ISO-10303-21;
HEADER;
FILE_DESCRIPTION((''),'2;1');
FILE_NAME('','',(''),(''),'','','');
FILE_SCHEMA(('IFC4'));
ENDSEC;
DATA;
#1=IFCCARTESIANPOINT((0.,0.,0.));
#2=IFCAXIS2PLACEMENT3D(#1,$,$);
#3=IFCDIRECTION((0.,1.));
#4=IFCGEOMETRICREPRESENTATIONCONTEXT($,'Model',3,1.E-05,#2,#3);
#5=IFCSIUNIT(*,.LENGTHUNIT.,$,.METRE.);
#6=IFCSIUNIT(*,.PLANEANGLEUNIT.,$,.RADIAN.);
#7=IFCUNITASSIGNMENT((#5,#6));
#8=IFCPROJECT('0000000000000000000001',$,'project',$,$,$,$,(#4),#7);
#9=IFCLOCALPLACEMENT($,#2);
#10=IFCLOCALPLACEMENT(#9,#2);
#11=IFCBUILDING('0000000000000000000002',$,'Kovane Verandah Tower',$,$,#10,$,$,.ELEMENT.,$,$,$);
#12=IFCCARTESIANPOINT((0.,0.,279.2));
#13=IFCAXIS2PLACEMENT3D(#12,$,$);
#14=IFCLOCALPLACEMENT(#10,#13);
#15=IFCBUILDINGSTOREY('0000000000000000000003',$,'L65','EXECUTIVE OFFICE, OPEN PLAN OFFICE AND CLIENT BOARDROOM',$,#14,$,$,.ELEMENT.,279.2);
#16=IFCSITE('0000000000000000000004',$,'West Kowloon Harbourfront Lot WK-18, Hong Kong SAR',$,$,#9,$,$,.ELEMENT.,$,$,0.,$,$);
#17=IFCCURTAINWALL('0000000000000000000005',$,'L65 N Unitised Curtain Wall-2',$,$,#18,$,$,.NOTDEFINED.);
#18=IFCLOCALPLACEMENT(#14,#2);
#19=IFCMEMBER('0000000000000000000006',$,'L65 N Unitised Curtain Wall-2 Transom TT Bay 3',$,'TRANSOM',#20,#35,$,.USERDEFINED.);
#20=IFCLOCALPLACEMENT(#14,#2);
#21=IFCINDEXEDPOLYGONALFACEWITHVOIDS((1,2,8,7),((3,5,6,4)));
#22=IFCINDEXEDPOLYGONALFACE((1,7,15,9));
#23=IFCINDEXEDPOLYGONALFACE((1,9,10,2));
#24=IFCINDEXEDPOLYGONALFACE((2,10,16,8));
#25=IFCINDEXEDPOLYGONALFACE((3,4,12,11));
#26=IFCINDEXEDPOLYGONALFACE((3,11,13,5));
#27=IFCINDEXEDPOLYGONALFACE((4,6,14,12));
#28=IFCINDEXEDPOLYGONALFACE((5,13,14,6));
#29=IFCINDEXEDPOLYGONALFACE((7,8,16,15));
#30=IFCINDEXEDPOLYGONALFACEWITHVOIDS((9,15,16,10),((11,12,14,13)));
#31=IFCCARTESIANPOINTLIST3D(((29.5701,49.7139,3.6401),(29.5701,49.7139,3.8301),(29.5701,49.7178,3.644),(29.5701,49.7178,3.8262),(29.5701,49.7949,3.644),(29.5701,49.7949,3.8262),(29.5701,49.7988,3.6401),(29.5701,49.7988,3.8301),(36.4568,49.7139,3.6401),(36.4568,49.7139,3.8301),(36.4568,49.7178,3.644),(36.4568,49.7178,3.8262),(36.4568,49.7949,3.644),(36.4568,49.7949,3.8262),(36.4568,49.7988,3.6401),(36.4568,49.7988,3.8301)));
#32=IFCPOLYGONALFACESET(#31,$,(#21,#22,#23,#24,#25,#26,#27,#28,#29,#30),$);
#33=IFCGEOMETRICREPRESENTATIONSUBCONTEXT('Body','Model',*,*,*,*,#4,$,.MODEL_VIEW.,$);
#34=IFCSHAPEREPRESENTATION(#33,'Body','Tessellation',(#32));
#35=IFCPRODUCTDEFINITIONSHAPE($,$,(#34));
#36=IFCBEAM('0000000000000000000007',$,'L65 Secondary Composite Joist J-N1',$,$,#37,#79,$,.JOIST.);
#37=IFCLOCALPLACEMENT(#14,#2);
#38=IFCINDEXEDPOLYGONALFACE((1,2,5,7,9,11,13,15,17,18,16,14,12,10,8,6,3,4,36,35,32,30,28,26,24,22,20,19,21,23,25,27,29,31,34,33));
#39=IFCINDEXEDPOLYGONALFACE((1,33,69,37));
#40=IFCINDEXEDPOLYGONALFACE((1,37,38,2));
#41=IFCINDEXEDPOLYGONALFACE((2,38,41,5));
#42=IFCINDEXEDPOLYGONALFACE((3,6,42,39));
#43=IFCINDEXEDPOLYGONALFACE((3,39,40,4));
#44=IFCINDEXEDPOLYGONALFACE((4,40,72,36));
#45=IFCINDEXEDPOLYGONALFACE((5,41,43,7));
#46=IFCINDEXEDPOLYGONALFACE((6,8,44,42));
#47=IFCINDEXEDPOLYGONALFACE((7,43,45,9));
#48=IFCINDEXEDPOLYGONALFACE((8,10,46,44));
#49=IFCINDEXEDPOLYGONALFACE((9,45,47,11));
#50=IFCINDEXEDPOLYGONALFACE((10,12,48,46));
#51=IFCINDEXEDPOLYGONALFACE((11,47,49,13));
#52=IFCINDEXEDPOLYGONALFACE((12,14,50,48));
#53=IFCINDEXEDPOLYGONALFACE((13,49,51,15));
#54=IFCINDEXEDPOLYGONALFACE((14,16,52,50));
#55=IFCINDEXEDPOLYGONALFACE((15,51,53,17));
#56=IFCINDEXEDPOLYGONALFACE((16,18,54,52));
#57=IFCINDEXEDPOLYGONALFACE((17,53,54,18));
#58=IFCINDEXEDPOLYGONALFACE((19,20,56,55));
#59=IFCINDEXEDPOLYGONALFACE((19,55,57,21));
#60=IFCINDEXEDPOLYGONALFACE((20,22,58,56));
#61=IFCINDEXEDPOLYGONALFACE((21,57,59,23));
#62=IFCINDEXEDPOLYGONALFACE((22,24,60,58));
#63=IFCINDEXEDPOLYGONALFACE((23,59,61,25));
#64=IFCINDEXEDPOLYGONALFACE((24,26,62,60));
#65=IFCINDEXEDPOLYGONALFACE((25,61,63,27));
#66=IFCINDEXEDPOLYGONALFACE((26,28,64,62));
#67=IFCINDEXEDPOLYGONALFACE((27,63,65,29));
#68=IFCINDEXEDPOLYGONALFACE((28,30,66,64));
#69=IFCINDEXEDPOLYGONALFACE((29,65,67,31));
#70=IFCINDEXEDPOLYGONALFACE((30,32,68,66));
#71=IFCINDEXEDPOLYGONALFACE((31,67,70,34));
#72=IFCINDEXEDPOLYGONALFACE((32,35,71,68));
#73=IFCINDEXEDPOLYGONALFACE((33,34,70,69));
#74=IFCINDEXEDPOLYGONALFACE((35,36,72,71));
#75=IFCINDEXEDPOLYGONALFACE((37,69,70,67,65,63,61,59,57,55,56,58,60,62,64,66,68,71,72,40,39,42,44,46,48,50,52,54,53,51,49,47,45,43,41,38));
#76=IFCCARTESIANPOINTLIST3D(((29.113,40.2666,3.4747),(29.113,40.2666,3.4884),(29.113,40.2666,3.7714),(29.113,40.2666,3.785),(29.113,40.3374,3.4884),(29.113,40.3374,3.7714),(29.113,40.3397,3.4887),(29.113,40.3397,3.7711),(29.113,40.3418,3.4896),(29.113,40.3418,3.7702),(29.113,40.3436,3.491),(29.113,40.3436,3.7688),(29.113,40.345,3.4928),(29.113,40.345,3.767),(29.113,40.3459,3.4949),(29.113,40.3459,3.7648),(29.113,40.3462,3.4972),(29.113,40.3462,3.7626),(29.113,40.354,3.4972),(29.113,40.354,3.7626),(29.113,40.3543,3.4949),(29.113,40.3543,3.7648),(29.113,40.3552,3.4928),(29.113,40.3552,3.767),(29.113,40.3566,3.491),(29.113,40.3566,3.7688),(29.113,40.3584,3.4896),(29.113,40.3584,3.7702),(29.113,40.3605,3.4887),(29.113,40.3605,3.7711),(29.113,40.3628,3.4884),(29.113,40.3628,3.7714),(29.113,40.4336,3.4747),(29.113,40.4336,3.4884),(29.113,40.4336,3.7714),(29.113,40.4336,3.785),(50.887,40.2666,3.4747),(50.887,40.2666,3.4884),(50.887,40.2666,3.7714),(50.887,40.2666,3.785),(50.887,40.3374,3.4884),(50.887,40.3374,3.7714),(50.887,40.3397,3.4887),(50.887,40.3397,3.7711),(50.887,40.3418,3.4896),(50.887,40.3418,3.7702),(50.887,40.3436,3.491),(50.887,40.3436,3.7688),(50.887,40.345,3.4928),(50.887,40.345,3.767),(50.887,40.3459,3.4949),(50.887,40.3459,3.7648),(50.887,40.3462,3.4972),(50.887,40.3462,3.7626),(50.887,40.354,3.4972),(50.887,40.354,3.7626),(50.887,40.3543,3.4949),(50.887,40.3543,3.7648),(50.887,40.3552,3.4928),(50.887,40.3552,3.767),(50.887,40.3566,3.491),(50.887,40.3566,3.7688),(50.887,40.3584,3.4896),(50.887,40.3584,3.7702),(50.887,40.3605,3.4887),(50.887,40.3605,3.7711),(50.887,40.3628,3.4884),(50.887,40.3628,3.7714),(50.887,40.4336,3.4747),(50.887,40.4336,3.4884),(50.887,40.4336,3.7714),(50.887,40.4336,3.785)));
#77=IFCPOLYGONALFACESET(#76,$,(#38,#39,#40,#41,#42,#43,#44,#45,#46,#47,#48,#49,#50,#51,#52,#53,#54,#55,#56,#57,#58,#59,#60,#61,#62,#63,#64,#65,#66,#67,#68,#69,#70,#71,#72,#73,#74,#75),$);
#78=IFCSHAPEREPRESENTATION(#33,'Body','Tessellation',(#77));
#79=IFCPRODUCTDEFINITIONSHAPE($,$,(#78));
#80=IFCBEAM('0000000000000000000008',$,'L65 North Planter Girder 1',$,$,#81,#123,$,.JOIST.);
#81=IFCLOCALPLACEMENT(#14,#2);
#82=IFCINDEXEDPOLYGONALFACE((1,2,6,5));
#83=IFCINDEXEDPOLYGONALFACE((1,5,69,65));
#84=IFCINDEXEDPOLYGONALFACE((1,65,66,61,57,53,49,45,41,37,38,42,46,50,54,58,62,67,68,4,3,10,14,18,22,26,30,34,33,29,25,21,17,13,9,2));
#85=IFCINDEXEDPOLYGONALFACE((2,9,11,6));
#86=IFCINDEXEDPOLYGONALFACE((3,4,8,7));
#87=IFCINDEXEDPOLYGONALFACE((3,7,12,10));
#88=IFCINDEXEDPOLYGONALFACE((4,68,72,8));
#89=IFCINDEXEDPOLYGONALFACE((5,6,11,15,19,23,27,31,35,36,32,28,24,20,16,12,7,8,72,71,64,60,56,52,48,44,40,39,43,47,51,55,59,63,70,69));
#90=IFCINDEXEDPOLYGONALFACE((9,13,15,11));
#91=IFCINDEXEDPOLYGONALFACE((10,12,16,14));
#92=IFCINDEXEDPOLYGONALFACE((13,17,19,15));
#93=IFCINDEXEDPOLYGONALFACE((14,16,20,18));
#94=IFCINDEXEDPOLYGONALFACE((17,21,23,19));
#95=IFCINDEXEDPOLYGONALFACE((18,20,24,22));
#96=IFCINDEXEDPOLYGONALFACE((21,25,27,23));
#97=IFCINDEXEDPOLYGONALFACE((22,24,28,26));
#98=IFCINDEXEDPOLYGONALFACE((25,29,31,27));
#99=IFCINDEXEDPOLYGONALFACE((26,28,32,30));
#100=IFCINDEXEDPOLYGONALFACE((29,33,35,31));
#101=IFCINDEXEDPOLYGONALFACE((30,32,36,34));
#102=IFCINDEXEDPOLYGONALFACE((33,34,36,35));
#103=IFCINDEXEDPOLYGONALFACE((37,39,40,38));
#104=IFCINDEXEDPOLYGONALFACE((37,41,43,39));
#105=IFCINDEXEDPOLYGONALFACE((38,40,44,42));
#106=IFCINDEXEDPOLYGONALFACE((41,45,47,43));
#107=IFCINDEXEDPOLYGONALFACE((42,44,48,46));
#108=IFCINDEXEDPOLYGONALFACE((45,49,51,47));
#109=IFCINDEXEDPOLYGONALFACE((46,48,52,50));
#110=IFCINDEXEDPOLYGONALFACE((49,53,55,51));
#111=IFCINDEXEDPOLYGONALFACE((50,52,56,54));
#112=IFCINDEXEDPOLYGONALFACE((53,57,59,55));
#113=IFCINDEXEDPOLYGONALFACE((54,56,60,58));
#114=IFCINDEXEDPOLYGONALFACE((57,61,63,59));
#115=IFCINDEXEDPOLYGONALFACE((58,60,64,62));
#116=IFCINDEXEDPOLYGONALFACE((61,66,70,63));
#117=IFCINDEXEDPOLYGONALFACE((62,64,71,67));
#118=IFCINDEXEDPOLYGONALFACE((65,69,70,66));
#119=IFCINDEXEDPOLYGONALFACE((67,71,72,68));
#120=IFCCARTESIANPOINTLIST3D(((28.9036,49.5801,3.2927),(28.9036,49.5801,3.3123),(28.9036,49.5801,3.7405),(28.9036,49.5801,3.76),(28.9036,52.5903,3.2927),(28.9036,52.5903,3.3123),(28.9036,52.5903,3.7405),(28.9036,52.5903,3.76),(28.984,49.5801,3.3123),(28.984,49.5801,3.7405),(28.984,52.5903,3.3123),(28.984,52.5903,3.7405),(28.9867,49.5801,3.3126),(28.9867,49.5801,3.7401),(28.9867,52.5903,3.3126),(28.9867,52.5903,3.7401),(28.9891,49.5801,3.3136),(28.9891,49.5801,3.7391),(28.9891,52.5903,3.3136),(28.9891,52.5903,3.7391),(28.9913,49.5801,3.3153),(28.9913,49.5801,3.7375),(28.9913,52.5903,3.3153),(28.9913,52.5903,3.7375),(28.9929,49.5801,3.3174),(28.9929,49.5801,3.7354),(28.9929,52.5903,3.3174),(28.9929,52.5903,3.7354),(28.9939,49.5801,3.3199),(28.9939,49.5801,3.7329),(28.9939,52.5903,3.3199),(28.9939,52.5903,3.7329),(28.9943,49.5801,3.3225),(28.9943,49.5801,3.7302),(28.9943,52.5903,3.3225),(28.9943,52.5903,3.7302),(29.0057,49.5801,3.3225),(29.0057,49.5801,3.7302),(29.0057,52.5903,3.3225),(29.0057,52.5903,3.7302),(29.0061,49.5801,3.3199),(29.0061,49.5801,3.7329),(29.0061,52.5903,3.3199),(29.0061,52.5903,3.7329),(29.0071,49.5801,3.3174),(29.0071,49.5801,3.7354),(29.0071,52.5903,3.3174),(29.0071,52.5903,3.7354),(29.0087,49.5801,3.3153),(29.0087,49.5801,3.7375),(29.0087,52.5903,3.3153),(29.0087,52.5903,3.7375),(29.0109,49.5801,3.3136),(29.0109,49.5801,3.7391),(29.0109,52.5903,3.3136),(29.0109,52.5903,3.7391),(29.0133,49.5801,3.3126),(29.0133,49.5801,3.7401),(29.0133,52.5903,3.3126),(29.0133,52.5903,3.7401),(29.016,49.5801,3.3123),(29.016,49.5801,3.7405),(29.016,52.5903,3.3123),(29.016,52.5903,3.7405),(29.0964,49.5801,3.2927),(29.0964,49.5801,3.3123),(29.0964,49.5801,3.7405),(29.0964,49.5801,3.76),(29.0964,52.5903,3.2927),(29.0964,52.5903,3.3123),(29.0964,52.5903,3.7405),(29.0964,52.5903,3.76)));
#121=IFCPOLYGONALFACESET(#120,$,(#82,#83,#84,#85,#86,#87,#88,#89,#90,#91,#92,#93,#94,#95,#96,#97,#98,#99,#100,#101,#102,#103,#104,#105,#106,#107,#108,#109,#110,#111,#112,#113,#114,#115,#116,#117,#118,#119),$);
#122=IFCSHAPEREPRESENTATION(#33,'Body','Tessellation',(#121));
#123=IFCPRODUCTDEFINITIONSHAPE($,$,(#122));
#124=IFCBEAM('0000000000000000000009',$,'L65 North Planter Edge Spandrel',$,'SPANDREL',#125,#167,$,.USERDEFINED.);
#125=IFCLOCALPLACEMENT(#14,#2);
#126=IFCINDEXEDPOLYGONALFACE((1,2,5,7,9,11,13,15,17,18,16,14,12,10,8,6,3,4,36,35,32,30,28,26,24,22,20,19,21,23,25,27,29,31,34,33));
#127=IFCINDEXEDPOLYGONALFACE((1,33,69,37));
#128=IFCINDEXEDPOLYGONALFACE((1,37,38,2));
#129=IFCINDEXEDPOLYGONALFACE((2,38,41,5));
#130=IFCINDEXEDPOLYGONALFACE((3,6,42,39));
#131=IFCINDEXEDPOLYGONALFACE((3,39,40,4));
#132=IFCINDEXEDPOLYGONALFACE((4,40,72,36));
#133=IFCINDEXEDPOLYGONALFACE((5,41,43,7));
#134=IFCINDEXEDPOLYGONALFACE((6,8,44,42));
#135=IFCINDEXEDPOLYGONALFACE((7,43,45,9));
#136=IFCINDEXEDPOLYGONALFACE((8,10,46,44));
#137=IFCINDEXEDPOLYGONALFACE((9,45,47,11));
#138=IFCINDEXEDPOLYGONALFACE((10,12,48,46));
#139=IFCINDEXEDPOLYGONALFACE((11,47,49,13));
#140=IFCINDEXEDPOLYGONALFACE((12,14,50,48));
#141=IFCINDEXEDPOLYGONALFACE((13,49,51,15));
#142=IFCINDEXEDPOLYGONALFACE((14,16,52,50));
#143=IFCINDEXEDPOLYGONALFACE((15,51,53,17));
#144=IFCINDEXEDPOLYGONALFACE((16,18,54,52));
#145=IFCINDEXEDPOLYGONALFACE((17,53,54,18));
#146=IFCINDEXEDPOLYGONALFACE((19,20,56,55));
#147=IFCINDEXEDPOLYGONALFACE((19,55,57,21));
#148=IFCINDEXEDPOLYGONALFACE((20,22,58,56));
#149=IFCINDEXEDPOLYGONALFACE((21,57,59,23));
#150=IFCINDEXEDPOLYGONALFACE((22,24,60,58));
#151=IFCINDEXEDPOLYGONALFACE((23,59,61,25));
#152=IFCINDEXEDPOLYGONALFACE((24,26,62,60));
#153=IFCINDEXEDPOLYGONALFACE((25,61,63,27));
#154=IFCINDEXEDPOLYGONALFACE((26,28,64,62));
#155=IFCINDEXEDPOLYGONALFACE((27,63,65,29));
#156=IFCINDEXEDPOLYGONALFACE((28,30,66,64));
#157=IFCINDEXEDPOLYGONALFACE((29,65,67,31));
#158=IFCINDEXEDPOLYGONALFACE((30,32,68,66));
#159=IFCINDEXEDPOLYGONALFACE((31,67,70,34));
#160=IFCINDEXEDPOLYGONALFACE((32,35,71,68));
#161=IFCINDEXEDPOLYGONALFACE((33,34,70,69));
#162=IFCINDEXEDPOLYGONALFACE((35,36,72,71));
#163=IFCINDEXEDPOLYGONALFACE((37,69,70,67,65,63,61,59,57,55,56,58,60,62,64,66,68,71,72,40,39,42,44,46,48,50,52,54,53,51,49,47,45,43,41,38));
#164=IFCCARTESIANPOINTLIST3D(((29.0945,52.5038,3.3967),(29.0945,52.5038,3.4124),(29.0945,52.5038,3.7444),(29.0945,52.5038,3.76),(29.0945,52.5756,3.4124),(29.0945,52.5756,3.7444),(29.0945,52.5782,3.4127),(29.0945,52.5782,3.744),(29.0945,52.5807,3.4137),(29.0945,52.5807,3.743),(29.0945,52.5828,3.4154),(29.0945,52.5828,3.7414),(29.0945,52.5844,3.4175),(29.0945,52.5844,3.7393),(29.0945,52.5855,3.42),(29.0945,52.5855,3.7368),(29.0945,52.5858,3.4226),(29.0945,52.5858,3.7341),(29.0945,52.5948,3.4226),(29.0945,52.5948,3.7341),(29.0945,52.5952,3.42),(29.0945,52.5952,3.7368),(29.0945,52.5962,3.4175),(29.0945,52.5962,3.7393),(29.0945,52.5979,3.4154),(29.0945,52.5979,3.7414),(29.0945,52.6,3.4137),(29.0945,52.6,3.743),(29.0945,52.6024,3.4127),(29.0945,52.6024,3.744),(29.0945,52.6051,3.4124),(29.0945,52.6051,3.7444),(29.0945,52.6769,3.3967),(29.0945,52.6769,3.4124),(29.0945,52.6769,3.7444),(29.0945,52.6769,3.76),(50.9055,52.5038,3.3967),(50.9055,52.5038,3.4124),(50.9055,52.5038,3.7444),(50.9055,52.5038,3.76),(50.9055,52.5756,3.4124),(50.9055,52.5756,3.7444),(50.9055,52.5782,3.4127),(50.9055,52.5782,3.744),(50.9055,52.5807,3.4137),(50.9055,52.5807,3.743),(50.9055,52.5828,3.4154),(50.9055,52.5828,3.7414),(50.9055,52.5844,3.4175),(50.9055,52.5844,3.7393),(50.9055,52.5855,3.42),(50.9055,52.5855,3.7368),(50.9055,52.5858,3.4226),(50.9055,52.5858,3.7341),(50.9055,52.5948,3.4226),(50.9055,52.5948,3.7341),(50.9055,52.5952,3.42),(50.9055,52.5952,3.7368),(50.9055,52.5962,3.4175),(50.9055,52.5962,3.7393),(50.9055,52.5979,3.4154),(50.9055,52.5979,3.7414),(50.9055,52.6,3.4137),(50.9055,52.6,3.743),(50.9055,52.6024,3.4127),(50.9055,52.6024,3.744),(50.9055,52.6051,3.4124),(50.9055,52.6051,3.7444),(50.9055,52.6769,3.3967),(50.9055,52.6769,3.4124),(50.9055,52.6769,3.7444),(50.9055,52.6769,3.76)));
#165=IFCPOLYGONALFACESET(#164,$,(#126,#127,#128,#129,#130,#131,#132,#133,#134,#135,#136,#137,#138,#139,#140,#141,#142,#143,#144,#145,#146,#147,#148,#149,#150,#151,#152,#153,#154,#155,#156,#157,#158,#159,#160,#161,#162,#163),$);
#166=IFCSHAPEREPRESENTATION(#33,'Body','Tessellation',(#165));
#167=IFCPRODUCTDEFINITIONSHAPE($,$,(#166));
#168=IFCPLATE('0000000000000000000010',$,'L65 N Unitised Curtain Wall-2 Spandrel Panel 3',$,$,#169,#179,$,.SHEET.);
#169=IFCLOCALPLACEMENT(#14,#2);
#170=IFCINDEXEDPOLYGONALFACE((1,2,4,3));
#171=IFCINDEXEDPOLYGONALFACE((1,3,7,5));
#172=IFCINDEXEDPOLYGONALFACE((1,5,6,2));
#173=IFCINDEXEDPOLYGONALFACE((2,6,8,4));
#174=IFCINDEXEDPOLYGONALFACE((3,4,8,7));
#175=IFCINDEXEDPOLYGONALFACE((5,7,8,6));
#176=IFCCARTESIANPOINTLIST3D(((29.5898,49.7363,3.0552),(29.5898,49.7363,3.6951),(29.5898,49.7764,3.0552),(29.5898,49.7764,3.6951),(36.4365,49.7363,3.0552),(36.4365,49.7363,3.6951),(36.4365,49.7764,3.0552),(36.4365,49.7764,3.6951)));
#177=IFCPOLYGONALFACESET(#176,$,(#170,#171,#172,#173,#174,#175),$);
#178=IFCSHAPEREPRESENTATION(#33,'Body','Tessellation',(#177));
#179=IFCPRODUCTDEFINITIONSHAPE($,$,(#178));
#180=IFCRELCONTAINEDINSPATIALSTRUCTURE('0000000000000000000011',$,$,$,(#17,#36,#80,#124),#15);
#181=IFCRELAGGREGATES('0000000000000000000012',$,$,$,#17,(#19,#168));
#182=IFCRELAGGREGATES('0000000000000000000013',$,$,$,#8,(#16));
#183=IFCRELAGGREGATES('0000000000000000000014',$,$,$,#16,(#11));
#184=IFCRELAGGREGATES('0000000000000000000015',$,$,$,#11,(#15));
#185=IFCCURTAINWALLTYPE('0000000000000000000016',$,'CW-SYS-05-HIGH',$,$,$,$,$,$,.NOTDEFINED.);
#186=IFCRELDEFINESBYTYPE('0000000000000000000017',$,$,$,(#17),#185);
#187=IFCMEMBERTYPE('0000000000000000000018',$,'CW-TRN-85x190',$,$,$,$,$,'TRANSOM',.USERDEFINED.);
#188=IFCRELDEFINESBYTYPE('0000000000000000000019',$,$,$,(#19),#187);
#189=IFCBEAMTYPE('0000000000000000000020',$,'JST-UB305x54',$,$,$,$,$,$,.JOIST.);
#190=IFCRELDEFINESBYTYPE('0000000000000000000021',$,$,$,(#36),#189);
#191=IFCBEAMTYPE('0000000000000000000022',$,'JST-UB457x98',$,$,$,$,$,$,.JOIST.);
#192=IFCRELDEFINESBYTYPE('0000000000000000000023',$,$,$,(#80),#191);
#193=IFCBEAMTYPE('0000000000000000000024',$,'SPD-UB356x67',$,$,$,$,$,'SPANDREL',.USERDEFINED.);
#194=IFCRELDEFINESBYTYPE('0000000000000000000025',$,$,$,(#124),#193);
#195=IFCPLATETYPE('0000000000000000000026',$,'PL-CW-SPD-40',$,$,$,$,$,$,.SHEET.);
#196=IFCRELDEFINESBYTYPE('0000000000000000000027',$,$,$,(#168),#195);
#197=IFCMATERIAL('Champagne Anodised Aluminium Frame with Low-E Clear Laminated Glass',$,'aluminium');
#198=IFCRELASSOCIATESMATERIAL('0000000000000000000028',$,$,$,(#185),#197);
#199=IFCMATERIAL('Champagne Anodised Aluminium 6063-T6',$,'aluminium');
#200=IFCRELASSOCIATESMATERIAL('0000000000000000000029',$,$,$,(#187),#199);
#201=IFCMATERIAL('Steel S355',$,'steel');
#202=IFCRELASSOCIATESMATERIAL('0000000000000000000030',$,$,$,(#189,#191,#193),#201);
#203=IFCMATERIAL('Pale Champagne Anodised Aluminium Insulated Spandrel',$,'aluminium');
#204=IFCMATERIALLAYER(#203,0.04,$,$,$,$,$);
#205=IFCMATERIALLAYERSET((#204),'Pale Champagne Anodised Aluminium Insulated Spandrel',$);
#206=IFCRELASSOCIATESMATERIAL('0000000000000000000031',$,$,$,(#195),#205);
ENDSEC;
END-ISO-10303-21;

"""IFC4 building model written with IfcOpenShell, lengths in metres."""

from ifc_helpers import new_model, si_unit, direction, frame, origin, origin_2d, place, context, subcontext, project, spatial, rectangle, hollow_rectangle, i_section, extrude, material, layer, layer_set, material_profile, profile_set, type_object, element, aggregate, save


model = new_model("IFC4")

# Units and contexts
model_context = context("Model", 3, precision=1e-05, world=origin(), true_north=direction((0.0, 1.0)))
body_context = subcontext(model_context, "Body", "Model", "MODEL_VIEW")
ifc_project = project(units=[si_unit("LENGTHUNIT", "METRE"), si_unit("PLANEANGLEUNIT", "RADIAN")], contexts=[model_context])

# Site, building, storey
site_placement = place(None, origin())
site = spatial("IfcSite", under=ifc_project, at=site_placement, Name="West Kowloon Harbourfront Lot WK-18, Hong Kong SAR", CompositionType="ELEMENT", RefElevation=0.0)
building_placement = place(site_placement, origin())
building = spatial("IfcBuilding", under=site, at=building_placement, Name="Kovane Verandah Tower", CompositionType="ELEMENT")
storey_placement = place(building_placement, frame((0.0, 0.0, 279.2)))
storey = spatial("IfcBuildingStorey", under=building, at=storey_placement, Name="L65", Description="EXECUTIVE OFFICE, OPEN PLAN OFFICE AND CLIENT BOARDROOM", CompositionType="ELEMENT", Elevation=279.2)

# Shared definitions
ifc_material_1 = material(Name="Steel S355", Category="steel")

# Curtain wall
ifc_material_2 = material(Name="Champagne Anodised Aluminium Frame with Low-E Clear Laminated Glass", Category="aluminium")
curtain_wall_type = type_object("IfcCurtainWallType", Name="CW-SYS-05-HIGH", PredefinedType="NOTDEFINED", material=ifc_material_2)
curtain_wall_1_placement = place(storey_placement, origin())
curtain_wall_1 = element("IfcCurtainWall", 1, at=curtain_wall_1_placement, inside=storey, type_object=curtain_wall_type, Name="L65 N Unitised Curtain Wall-2", PredefinedType="NOTDEFINED")
ifc_material_3 = material(Name="Champagne Anodised Aluminium 6063-T6", Category="aluminium")

# Member
ifc_material_profile_1 = material_profile(ifc_material_3, hollow_rectangle(XDim=0.085, YDim=0.1899, WallThickness=0.0039, at=origin_2d()), Name="AL85x190x4")
ifc_profile_set_1 = profile_set([ifc_material_profile_1], Name="Champagne Anodised Aluminium 6063-T6")
member_type_1 = type_object("IfcMemberType", Name="CW-TRN-85x190", ElementType="TRANSOM", PredefinedType="USERDEFINED", material=ifc_profile_set_1)
member_1_placement = place(storey_placement, frame((36.4568, 49.7563, 3.7351), z_axis=(-1.0, 0.0, 0.0), x_axis=(0.0, -1.0, 0.0)))
member_1 = element("IfcMember", 2, at=member_1_placement, type_object=member_type_1, Name="L65 N Unitised Curtain Wall-2 Transom TT Bay 3", ObjectType="TRANSOM", PredefinedType="USERDEFINED", context=body_context, shape_type="SweptSolid", body=[
    extrude(hollow_rectangle(XDim=0.085, YDim=0.1899, WallThickness=0.0039, at=origin_2d()), origin(), (0.0, 0.0, 1.0), 6.8867),
])

# Beams
ifc_material_profile_2 = material_profile(ifc_material_1, i_section(OverallWidth=0.167, OverallDepth=0.3103, WebThickness=0.0078, FlangeThickness=0.0137, FilletRadius=0.0088, at=origin_2d()), Name="UB305x165x54")
ifc_profile_set_2 = profile_set([ifc_material_profile_2], Name="Steel S355")
beam_type_1 = type_object("IfcBeamType", Name="JST-UB305x54", PredefinedType="JOIST", material=ifc_profile_set_2)
beam_1_placement = place(storey_placement, frame((29.113, 40.3501, 3.6299), z_axis=(1.0, 0.0, 0.0), x_axis=(0.0, 1.0, 0.0)))
element("IfcBeam", 3, at=beam_1_placement, inside=storey, type_object=beam_type_1, Name="L65 Secondary Composite Joist J-N1", PredefinedType="JOIST", context=body_context, shape_type="SweptSolid", body=[
    extrude(i_section(OverallWidth=0.167, OverallDepth=0.3103, WebThickness=0.0078, FlangeThickness=0.0137, FilletRadius=0.0088, at=origin_2d()), origin(), (0.0, 0.0, 1.0), 21.7739),
])
ifc_material_profile_3 = material_profile(ifc_material_1, i_section(OverallWidth=0.1929, OverallDepth=0.4673, WebThickness=0.0115, FlangeThickness=0.0195, FilletRadius=0.0103, at=origin_2d()), Name="UB457x191x98")
ifc_profile_set_3 = profile_set([ifc_material_profile_3], Name="Steel S355")
beam_type_2 = type_object("IfcBeamType", Name="JST-UB457x98", PredefinedType="JOIST", material=ifc_profile_set_3)
beam_2_placement = place(storey_placement, frame((29.0, 49.5801, 3.5264), z_axis=(0.0, 1.0, 0.0), x_axis=(-1.0, 0.0, 0.0)))
element("IfcBeam", 4, at=beam_2_placement, inside=storey, type_object=beam_type_2, Name="L65 North Planter Girder 1", PredefinedType="JOIST", context=body_context, shape_type="SweptSolid", body=[
    extrude(i_section(OverallWidth=0.1929, OverallDepth=0.4673, WebThickness=0.0115, FlangeThickness=0.0195, FilletRadius=0.0103, at=origin_2d()), origin(), (0.0, 0.0, 1.0), 3.0103),
])
ifc_material_profile_4 = material_profile(ifc_material_1, i_section(OverallWidth=0.1731, OverallDepth=0.3633, WebThickness=0.009, FlangeThickness=0.0156, FilletRadius=0.0103, at=origin_2d()), Name="UB356x171x67")
ifc_profile_set_4 = profile_set([ifc_material_profile_4], Name="Steel S355")
beam_type_3 = type_object("IfcBeamType", Name="SPD-UB356x67", ElementType="SPANDREL", PredefinedType="USERDEFINED", material=ifc_profile_set_4)
beam_3_placement = place(storey_placement, frame((29.0945, 52.5903, 3.5784), z_axis=(1.0, 0.0, 0.0), x_axis=(0.0, 1.0, 0.0)))
element("IfcBeam", 5, at=beam_3_placement, inside=storey, type_object=beam_type_3, Name="L65 North Planter Edge Spandrel", ObjectType="SPANDREL", PredefinedType="USERDEFINED", context=body_context, shape_type="SweptSolid", body=[
    extrude(i_section(OverallWidth=0.1731, OverallDepth=0.3633, WebThickness=0.009, FlangeThickness=0.0156, FilletRadius=0.0103, at=origin_2d()), origin(), (0.0, 0.0, 1.0), 21.811),
])

# Plate
ifc_material_4 = material(Name="Pale Champagne Anodised Aluminium Insulated Spandrel", Category="aluminium")
ifc_layer_1 = layer(ifc_material_4, 0.04)
ifc_layer_set_1 = layer_set([ifc_layer_1], Name="Pale Champagne Anodised Aluminium Insulated Spandrel")
plate_type_1 = type_object("IfcPlateType", Name="PL-CW-SPD-40", PredefinedType="SHEET", material=ifc_layer_set_1)
plate_1_placement = place(storey_placement, frame((33.0132, 49.7563, 3.0552), z_axis=(0.0, 0.0, 1.0), x_axis=(-1.0, 0.0, 0.0)))
plate_1 = element("IfcPlate", 6, at=plate_1_placement, type_object=plate_type_1, Name="L65 N Unitised Curtain Wall-2 Spandrel Panel 3", PredefinedType="SHEET", context=body_context, shape_type="SweptSolid", body=[
    extrude(rectangle(XDim=6.8467, YDim=0.04, at=origin_2d()), origin(), (0.0, 0.0, 1.0), 0.6399),
])
aggregate(curtain_wall_1, [member_1, plate_1])

save(model, "model.ifc")
